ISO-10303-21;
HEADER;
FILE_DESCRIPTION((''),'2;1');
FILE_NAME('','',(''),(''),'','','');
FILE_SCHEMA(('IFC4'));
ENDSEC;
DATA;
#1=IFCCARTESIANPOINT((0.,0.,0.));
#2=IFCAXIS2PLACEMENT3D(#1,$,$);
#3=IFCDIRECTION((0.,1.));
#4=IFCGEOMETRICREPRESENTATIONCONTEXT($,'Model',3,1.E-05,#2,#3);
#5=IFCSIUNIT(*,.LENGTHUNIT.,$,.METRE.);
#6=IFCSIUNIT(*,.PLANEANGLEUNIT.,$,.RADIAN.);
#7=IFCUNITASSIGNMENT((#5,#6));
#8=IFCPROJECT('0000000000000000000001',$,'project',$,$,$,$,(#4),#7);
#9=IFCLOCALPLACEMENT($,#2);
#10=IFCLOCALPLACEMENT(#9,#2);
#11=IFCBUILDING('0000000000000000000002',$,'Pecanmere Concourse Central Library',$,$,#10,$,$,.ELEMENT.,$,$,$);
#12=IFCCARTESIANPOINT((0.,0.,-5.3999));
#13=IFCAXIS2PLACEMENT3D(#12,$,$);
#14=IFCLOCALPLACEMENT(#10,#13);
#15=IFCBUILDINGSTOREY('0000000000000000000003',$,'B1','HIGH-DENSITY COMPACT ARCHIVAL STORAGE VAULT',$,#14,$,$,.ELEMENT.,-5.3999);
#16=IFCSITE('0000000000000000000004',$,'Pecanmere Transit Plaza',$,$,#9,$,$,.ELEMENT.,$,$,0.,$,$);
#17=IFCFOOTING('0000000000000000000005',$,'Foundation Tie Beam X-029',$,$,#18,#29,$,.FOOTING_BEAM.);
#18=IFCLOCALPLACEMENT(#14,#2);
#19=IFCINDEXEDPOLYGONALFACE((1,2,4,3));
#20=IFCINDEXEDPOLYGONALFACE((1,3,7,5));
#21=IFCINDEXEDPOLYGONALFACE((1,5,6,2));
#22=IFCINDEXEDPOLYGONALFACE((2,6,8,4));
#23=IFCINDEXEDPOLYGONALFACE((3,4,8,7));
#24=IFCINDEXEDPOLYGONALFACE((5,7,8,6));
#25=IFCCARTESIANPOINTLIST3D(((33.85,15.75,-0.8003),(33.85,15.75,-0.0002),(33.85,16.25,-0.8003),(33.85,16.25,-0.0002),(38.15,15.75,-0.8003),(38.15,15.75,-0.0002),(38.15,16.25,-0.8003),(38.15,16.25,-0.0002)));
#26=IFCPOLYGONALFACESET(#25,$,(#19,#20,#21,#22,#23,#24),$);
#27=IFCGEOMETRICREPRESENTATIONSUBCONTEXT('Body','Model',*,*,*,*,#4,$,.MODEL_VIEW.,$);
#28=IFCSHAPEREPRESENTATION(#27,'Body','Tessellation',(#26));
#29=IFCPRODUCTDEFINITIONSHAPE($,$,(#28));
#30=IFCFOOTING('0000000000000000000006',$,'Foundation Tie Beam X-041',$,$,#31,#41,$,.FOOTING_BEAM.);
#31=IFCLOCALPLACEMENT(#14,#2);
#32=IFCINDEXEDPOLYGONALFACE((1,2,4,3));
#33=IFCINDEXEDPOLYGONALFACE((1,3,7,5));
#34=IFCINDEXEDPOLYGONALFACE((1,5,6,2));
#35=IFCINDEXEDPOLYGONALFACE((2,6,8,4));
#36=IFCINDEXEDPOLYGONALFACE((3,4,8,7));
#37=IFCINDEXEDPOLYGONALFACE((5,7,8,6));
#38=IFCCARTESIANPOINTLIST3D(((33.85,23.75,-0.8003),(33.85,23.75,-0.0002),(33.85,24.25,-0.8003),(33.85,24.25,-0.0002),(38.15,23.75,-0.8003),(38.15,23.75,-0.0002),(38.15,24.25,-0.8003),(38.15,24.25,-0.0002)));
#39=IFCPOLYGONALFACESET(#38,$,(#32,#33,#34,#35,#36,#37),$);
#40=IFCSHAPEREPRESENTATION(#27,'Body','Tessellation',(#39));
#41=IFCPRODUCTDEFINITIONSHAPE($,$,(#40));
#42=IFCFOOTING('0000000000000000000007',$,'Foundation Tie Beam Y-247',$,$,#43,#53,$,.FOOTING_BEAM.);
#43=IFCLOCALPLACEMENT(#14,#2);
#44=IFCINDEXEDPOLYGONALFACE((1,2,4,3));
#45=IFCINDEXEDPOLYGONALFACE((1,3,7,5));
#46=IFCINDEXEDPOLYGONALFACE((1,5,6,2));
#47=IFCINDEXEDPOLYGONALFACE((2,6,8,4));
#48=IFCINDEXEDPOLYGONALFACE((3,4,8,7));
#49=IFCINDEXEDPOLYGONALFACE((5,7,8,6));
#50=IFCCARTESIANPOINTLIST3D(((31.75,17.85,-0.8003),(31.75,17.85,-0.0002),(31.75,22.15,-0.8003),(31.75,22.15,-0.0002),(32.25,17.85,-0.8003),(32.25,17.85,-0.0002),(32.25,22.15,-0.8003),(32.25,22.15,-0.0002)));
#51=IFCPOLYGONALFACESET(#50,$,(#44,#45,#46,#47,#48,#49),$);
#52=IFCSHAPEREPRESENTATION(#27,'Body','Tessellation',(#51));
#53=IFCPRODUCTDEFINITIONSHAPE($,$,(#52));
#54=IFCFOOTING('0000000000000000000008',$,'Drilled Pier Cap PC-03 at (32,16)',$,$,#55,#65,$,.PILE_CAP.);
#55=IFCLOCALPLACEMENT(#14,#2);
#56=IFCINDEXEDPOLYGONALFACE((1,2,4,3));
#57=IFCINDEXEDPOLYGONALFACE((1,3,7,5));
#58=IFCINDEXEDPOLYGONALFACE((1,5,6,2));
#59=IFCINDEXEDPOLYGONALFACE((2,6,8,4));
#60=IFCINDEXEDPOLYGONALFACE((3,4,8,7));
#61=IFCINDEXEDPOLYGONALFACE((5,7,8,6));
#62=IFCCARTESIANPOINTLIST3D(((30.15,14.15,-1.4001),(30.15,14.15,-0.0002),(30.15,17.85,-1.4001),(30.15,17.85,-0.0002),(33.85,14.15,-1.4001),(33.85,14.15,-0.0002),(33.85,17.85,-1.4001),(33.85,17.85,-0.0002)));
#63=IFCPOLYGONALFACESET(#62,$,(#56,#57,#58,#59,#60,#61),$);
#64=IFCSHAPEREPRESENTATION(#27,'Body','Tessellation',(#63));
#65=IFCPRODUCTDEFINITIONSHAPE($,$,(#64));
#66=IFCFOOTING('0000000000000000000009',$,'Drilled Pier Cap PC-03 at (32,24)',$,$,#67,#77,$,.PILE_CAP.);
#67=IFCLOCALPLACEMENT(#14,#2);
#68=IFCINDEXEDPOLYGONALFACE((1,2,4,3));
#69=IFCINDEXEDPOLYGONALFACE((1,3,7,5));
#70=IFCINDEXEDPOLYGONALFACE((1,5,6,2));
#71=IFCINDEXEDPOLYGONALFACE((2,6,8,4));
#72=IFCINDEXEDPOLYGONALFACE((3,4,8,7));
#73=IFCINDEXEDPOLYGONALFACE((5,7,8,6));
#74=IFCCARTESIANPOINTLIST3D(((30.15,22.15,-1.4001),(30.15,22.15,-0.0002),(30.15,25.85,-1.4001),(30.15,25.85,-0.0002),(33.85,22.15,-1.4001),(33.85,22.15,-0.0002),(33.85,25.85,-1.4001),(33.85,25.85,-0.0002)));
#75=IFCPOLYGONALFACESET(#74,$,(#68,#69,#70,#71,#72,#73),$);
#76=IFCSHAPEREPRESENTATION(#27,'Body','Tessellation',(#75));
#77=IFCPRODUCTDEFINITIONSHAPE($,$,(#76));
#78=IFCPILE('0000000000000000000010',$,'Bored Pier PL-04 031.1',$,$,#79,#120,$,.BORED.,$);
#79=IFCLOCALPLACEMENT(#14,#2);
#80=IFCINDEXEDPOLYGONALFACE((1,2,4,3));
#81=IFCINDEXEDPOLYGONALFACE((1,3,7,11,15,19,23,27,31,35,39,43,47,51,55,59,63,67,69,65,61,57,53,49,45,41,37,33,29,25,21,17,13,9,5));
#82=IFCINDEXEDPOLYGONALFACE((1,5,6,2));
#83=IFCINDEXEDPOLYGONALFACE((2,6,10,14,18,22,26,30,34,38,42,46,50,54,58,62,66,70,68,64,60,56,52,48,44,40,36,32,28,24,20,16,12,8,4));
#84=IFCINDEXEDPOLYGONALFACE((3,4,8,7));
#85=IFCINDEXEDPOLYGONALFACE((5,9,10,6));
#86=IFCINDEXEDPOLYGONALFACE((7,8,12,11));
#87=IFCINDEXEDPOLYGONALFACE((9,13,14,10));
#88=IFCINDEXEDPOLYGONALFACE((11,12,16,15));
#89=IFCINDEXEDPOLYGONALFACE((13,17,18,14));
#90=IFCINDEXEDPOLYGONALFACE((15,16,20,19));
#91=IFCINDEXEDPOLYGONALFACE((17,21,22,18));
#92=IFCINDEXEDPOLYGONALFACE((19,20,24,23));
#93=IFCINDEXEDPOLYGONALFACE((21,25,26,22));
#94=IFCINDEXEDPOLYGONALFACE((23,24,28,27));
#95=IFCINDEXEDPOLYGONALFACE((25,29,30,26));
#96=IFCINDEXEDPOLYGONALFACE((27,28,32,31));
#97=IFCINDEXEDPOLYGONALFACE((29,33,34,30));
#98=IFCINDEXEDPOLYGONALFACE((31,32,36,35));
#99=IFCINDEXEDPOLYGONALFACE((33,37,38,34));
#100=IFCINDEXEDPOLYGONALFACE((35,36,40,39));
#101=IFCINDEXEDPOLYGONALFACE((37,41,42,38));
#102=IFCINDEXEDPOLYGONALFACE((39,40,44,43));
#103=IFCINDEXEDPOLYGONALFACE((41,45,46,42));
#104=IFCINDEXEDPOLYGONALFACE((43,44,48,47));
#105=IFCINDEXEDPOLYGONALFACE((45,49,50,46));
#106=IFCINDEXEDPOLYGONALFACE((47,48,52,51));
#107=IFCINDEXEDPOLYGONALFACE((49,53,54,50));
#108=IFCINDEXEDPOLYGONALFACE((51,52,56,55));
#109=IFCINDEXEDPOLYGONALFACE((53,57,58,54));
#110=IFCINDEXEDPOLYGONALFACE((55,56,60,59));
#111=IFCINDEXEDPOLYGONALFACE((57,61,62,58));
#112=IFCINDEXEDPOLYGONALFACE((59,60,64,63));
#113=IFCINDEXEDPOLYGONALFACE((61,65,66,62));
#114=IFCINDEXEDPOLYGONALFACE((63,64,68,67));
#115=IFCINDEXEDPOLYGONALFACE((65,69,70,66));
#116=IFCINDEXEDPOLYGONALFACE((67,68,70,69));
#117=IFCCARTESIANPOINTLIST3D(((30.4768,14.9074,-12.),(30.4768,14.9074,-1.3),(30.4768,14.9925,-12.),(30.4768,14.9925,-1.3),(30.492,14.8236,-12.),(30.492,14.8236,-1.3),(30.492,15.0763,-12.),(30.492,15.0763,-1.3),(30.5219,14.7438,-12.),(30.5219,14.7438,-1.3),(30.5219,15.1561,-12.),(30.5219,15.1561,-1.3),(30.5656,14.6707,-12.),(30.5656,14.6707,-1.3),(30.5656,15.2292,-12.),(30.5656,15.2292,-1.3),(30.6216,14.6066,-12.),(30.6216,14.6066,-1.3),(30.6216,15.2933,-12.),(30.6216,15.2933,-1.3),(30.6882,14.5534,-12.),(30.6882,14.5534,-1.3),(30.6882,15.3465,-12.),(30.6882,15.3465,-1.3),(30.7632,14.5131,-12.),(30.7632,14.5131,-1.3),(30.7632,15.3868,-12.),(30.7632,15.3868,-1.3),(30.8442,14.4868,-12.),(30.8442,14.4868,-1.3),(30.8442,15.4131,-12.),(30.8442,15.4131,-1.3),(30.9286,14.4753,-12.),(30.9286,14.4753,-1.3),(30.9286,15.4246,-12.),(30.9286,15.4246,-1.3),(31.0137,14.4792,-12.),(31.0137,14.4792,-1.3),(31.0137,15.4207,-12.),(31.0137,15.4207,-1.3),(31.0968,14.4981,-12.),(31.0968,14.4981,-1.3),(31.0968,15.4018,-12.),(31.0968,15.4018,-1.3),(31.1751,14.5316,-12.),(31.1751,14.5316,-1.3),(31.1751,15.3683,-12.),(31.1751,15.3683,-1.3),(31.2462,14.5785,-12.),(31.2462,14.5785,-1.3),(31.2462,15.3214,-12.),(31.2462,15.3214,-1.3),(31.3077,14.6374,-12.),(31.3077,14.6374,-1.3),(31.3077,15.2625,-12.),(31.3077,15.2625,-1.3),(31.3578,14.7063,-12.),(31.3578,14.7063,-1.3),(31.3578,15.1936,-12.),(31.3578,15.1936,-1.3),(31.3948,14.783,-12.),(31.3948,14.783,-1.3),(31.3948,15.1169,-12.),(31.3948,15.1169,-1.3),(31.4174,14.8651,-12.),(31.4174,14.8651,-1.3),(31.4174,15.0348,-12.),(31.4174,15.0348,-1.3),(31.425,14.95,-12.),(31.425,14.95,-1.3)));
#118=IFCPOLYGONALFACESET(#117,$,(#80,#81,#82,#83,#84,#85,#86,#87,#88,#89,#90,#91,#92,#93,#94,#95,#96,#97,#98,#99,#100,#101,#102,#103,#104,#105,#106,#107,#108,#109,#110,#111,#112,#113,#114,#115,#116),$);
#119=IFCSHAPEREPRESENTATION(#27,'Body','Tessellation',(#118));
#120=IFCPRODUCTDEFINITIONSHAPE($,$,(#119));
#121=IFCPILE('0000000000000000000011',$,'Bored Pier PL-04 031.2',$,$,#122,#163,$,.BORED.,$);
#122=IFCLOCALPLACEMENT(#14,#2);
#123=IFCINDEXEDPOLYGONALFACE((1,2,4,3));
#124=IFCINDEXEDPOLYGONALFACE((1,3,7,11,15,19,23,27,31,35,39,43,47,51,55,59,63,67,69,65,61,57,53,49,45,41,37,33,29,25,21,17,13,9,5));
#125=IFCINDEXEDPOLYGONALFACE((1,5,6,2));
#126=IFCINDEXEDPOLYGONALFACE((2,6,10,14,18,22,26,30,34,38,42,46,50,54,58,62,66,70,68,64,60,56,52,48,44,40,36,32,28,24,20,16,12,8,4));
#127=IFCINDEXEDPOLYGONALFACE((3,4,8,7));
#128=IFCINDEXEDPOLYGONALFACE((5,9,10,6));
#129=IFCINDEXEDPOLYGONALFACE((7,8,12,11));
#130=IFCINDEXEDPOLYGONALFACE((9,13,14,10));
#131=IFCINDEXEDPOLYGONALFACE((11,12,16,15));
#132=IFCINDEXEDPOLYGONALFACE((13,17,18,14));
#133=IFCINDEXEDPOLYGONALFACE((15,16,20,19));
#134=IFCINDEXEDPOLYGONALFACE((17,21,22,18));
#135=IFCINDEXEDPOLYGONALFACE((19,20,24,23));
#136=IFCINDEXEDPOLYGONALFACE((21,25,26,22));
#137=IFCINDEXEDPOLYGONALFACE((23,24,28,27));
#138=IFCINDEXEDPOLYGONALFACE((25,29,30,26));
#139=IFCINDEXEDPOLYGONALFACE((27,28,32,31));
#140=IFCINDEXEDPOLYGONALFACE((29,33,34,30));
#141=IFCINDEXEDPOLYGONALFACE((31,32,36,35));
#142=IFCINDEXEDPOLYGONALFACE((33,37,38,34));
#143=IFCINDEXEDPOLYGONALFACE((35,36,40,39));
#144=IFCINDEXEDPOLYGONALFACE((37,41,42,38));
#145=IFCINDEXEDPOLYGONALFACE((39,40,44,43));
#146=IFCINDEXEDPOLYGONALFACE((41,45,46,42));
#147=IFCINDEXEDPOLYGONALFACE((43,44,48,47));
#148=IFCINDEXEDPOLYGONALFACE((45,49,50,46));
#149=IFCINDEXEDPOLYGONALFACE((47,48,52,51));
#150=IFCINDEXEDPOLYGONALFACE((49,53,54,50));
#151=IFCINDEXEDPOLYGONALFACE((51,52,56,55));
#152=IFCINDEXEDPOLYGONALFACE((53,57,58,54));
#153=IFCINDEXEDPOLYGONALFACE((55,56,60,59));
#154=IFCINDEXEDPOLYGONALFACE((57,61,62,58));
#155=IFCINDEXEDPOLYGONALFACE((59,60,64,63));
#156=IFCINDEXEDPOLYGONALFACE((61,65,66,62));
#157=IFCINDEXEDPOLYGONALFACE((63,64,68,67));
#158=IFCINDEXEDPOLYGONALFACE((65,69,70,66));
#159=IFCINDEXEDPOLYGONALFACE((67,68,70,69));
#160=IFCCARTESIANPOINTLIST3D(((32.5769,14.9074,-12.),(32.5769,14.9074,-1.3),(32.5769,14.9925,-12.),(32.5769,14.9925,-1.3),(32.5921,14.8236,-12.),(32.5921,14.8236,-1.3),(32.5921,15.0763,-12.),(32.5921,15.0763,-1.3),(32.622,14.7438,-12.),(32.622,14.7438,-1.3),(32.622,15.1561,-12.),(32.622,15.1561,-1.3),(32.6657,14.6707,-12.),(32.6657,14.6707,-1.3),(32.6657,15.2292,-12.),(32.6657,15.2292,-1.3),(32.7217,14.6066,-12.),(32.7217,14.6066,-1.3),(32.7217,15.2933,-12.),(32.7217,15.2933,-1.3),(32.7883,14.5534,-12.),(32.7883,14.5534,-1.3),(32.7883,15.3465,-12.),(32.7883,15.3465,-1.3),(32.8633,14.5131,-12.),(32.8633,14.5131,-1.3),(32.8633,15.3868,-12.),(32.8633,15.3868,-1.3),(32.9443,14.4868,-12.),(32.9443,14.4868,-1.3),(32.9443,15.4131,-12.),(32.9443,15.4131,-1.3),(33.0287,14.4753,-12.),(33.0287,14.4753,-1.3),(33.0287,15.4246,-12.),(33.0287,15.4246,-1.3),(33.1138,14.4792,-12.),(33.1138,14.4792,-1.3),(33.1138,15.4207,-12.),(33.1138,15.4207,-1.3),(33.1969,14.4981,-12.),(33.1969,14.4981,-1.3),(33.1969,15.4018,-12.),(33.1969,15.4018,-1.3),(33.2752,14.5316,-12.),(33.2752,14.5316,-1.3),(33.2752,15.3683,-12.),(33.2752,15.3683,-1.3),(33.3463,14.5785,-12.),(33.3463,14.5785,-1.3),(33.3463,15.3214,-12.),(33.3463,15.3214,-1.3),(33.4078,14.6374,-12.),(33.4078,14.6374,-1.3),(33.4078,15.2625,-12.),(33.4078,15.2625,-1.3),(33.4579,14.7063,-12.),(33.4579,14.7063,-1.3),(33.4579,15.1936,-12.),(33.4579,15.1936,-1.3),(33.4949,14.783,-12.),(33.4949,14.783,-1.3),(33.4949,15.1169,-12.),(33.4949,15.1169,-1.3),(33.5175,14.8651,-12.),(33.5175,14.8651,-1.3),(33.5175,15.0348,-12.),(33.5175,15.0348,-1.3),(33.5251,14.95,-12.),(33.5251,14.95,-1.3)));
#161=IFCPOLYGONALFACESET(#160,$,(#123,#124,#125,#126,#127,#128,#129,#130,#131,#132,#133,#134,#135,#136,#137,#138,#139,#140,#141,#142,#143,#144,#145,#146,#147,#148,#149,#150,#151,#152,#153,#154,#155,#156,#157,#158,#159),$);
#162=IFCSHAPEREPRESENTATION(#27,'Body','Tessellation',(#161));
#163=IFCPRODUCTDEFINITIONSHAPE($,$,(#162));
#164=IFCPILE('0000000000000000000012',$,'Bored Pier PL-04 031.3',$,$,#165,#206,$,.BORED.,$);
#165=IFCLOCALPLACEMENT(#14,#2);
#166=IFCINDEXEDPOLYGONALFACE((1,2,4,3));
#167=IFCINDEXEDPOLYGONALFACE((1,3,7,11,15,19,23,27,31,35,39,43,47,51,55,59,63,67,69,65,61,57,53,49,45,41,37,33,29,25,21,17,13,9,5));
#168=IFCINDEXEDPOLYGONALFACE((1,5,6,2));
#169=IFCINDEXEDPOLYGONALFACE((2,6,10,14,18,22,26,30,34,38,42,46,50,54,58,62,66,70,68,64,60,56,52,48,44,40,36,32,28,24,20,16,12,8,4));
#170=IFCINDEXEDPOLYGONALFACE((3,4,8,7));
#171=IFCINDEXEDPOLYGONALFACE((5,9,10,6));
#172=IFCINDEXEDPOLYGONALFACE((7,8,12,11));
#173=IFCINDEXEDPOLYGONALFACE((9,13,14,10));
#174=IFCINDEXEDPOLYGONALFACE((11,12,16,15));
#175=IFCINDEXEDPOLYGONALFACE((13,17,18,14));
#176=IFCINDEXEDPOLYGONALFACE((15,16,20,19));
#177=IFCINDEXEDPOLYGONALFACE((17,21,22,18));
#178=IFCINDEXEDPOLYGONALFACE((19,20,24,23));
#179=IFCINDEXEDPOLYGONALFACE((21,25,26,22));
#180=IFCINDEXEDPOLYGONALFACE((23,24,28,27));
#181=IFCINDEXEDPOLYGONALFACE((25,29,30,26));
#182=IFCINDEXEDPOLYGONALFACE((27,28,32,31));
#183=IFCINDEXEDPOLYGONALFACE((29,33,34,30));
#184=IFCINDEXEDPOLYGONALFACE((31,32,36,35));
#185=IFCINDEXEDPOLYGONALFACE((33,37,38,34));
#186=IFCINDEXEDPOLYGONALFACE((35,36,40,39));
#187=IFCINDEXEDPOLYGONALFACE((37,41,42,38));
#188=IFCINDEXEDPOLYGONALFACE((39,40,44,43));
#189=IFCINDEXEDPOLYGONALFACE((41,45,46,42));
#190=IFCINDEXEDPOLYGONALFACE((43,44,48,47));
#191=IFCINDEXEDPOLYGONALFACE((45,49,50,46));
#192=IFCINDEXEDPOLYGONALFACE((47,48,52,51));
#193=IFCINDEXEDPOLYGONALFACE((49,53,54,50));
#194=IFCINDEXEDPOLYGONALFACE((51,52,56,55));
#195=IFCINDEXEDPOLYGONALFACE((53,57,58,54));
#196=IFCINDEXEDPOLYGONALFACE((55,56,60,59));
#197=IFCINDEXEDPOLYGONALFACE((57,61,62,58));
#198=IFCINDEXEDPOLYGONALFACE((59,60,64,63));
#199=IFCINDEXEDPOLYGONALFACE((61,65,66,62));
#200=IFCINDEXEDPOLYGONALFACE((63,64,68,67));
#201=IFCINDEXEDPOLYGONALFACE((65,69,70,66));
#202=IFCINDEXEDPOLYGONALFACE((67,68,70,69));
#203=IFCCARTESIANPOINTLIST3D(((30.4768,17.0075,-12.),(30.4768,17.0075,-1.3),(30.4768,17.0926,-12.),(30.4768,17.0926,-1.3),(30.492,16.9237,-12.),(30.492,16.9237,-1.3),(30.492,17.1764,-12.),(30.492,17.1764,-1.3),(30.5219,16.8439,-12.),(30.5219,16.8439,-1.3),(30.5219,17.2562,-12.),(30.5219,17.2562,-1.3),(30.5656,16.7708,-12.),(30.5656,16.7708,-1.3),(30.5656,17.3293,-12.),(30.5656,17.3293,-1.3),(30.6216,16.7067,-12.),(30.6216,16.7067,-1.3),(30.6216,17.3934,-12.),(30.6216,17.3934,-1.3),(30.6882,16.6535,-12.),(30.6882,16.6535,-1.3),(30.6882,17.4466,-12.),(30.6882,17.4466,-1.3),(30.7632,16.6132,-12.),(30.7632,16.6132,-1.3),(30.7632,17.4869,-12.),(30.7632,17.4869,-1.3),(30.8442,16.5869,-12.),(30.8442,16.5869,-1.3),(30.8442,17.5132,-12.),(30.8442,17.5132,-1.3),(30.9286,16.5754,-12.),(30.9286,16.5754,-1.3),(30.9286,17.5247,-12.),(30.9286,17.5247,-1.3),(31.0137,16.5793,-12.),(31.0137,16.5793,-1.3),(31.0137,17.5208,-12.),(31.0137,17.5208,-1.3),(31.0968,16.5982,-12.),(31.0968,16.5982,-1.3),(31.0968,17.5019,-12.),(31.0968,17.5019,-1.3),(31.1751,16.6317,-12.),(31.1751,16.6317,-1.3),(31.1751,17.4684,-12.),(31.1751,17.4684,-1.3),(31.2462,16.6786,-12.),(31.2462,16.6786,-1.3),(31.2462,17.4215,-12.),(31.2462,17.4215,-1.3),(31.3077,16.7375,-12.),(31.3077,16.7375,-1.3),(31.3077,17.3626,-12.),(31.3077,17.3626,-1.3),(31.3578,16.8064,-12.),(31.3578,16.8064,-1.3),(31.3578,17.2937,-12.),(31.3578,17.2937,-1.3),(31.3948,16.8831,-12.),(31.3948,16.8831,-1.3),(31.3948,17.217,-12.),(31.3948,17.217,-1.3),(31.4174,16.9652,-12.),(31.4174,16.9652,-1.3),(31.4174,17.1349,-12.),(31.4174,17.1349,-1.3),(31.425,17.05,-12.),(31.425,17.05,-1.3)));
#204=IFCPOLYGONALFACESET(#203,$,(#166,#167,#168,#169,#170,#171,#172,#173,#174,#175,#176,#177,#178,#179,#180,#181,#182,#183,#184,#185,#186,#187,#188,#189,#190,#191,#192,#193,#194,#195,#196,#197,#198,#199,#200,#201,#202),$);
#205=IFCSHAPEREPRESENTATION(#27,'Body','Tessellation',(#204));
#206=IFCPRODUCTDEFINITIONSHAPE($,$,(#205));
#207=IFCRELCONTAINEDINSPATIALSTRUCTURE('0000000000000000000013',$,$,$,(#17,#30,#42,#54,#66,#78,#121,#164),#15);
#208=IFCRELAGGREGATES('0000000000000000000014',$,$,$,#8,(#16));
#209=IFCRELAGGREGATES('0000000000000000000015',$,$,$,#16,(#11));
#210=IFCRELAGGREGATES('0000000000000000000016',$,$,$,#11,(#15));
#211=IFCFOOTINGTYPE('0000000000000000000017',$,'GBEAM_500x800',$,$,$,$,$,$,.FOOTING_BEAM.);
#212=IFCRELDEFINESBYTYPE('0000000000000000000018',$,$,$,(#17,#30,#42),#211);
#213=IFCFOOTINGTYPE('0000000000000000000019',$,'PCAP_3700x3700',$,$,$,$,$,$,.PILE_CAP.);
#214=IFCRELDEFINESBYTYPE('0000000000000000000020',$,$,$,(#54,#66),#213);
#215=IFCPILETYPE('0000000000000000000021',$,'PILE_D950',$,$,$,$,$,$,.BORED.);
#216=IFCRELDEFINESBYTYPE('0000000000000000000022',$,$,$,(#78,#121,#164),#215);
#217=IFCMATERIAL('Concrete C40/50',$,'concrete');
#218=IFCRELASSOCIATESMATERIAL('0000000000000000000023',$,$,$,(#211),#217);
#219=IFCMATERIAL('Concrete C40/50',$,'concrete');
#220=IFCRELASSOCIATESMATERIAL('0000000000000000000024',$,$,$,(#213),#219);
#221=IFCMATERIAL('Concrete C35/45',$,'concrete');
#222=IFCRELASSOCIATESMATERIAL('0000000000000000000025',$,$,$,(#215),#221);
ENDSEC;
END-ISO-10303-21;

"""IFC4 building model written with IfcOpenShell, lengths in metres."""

from ifc_helpers import new_model, si_unit, direction, frame, origin, origin_2d, place, context, subcontext, project, spatial, rectangle, circle, extrude, material, material_profile, profile_set, type_object, element, save


model = new_model("IFC4")

# Units and contexts
model_context = context("Model", 3, precision=1e-05, world=origin(), true_north=direction((0.0, 1.0)))
body_context = subcontext(model_context, "Body", "Model", "MODEL_VIEW")
ifc_project = project(units=[si_unit("LENGTHUNIT", "METRE"), si_unit("PLANEANGLEUNIT", "RADIAN")], contexts=[model_context])

# Site, building, storey
site_placement = place(None, origin())
site = spatial("IfcSite", under=ifc_project, at=site_placement, Name="Pecanmere Transit Plaza", CompositionType="ELEMENT", RefElevation=0.0)
building_placement = place(site_placement, origin())
building = spatial("IfcBuilding", under=site, at=building_placement, Name="Pecanmere Concourse Central Library", CompositionType="ELEMENT")
storey_placement = place(building_placement, frame((0.0, 0.0, -5.3999)))
storey = spatial("IfcBuildingStorey", under=building, at=storey_placement, Name="B1", Description="HIGH-DENSITY COMPACT ARCHIVAL STORAGE VAULT", CompositionType="ELEMENT", Elevation=-5.3999)

# Footings
ifc_material_1 = material(Name="Concrete C40/50", Category="concrete")
ifc_material_profile_1 = material_profile(ifc_material_1, rectangle(XDim=0.5, YDim=0.8, at=origin_2d()), Name="RC 500x800")
ifc_profile_set_1 = profile_set([ifc_material_profile_1], Name="Concrete C40/50")
footing_type_1 = type_object("IfcFootingType", Name="GBEAM_500x800", PredefinedType="FOOTING_BEAM", material=ifc_profile_set_1)
for number, where, z_axis, x_axis, name in (
    (1, (36.0, 16.0, -0.8003), (0.0, 0.0, 1.0), (1.0, 0.0, 0.0), "Foundation Tie Beam X-029"),
    (2, (36.0, 24.0, -0.8003), (0.0, 0.0, 1.0), (1.0, 0.0, 0.0), "Foundation Tie Beam X-041"),
    (3, (32.0, 20.0, -0.8003), (0.0, 0.0, 1.0), (0.0, 1.0, 0.0), "Foundation Tie Beam Y-247"),
):
    element("IfcFooting", number, at=place(storey_placement, frame(where, z_axis=z_axis, x_axis=x_axis)), inside=storey, type_object=footing_type_1, Name=name, PredefinedType="FOOTING_BEAM", context=body_context, shape_type="SweptSolid", body=[
        extrude(rectangle(XDim=4.3, YDim=0.5, at=origin_2d()), origin(), (0.0, 0.0, 1.0), 0.8),
    ])
ifc_material_2 = material(Name="Concrete C40/50", Category="concrete")
footing_type_2 = type_object("IfcFootingType", Name="PCAP_3700x3700", PredefinedType="PILE_CAP", material=ifc_material_2)
for number, where, z_axis, x_axis, name in (
    (4, (32.0, 16.0, -1.4001), (0.0, 0.0, 1.0), (1.0, 0.0, 0.0), "Drilled Pier Cap PC-03 at (32,16)"),
    (5, (32.0, 24.0, -1.4001), (0.0, 0.0, 1.0), (1.0, 0.0, 0.0), "Drilled Pier Cap PC-03 at (32,24)"),
):
    element("IfcFooting", number, at=place(storey_placement, frame(where, z_axis=z_axis, x_axis=x_axis)), inside=storey, type_object=footing_type_2, Name=name, PredefinedType="PILE_CAP", context=body_context, shape_type="SweptSolid", body=[
        extrude(rectangle(XDim=3.7, YDim=3.7, at=origin_2d()), origin(), (0.0, 0.0, 1.0), 1.3999),
    ])

# Piles
ifc_material_3 = material(Name="Concrete C35/45", Category="concrete")
ifc_material_profile_2 = material_profile(ifc_material_3, circle(Radius=0.4751, at=origin_2d()), Name="PIER D950")
ifc_profile_set_2 = profile_set([ifc_material_profile_2], Name="Concrete C35/45")
pile_type = type_object("IfcPileType", Name="PILE_D950", PredefinedType="BORED", material=ifc_profile_set_2)
for number, where, z_axis, x_axis, name in (
    (6, (30.95, 14.95, -1.3), (0.0, 0.0, -1.0), (1.0, 0.0, 0.0), "Bored Pier PL-04 031.1"),
    (7, (33.05, 14.95, -1.3), (0.0, 0.0, -1.0), (1.0, 0.0, 0.0), "Bored Pier PL-04 031.2"),
    (8, (30.95, 17.05, -1.3), (0.0, 0.0, -1.0), (1.0, 0.0, 0.0), "Bored Pier PL-04 031.3"),
):
    element("IfcPile", number, at=place(storey_placement, frame(where, z_axis=z_axis, x_axis=x_axis)), inside=storey, type_object=pile_type, Name=name, PredefinedType="BORED", context=body_context, shape_type="SweptSolid", body=[
        extrude(circle(Radius=0.4751, at=origin_2d()), origin(), (0.0, 0.0, 1.0), 10.7),
    ])

save(model, "model.ifc")
